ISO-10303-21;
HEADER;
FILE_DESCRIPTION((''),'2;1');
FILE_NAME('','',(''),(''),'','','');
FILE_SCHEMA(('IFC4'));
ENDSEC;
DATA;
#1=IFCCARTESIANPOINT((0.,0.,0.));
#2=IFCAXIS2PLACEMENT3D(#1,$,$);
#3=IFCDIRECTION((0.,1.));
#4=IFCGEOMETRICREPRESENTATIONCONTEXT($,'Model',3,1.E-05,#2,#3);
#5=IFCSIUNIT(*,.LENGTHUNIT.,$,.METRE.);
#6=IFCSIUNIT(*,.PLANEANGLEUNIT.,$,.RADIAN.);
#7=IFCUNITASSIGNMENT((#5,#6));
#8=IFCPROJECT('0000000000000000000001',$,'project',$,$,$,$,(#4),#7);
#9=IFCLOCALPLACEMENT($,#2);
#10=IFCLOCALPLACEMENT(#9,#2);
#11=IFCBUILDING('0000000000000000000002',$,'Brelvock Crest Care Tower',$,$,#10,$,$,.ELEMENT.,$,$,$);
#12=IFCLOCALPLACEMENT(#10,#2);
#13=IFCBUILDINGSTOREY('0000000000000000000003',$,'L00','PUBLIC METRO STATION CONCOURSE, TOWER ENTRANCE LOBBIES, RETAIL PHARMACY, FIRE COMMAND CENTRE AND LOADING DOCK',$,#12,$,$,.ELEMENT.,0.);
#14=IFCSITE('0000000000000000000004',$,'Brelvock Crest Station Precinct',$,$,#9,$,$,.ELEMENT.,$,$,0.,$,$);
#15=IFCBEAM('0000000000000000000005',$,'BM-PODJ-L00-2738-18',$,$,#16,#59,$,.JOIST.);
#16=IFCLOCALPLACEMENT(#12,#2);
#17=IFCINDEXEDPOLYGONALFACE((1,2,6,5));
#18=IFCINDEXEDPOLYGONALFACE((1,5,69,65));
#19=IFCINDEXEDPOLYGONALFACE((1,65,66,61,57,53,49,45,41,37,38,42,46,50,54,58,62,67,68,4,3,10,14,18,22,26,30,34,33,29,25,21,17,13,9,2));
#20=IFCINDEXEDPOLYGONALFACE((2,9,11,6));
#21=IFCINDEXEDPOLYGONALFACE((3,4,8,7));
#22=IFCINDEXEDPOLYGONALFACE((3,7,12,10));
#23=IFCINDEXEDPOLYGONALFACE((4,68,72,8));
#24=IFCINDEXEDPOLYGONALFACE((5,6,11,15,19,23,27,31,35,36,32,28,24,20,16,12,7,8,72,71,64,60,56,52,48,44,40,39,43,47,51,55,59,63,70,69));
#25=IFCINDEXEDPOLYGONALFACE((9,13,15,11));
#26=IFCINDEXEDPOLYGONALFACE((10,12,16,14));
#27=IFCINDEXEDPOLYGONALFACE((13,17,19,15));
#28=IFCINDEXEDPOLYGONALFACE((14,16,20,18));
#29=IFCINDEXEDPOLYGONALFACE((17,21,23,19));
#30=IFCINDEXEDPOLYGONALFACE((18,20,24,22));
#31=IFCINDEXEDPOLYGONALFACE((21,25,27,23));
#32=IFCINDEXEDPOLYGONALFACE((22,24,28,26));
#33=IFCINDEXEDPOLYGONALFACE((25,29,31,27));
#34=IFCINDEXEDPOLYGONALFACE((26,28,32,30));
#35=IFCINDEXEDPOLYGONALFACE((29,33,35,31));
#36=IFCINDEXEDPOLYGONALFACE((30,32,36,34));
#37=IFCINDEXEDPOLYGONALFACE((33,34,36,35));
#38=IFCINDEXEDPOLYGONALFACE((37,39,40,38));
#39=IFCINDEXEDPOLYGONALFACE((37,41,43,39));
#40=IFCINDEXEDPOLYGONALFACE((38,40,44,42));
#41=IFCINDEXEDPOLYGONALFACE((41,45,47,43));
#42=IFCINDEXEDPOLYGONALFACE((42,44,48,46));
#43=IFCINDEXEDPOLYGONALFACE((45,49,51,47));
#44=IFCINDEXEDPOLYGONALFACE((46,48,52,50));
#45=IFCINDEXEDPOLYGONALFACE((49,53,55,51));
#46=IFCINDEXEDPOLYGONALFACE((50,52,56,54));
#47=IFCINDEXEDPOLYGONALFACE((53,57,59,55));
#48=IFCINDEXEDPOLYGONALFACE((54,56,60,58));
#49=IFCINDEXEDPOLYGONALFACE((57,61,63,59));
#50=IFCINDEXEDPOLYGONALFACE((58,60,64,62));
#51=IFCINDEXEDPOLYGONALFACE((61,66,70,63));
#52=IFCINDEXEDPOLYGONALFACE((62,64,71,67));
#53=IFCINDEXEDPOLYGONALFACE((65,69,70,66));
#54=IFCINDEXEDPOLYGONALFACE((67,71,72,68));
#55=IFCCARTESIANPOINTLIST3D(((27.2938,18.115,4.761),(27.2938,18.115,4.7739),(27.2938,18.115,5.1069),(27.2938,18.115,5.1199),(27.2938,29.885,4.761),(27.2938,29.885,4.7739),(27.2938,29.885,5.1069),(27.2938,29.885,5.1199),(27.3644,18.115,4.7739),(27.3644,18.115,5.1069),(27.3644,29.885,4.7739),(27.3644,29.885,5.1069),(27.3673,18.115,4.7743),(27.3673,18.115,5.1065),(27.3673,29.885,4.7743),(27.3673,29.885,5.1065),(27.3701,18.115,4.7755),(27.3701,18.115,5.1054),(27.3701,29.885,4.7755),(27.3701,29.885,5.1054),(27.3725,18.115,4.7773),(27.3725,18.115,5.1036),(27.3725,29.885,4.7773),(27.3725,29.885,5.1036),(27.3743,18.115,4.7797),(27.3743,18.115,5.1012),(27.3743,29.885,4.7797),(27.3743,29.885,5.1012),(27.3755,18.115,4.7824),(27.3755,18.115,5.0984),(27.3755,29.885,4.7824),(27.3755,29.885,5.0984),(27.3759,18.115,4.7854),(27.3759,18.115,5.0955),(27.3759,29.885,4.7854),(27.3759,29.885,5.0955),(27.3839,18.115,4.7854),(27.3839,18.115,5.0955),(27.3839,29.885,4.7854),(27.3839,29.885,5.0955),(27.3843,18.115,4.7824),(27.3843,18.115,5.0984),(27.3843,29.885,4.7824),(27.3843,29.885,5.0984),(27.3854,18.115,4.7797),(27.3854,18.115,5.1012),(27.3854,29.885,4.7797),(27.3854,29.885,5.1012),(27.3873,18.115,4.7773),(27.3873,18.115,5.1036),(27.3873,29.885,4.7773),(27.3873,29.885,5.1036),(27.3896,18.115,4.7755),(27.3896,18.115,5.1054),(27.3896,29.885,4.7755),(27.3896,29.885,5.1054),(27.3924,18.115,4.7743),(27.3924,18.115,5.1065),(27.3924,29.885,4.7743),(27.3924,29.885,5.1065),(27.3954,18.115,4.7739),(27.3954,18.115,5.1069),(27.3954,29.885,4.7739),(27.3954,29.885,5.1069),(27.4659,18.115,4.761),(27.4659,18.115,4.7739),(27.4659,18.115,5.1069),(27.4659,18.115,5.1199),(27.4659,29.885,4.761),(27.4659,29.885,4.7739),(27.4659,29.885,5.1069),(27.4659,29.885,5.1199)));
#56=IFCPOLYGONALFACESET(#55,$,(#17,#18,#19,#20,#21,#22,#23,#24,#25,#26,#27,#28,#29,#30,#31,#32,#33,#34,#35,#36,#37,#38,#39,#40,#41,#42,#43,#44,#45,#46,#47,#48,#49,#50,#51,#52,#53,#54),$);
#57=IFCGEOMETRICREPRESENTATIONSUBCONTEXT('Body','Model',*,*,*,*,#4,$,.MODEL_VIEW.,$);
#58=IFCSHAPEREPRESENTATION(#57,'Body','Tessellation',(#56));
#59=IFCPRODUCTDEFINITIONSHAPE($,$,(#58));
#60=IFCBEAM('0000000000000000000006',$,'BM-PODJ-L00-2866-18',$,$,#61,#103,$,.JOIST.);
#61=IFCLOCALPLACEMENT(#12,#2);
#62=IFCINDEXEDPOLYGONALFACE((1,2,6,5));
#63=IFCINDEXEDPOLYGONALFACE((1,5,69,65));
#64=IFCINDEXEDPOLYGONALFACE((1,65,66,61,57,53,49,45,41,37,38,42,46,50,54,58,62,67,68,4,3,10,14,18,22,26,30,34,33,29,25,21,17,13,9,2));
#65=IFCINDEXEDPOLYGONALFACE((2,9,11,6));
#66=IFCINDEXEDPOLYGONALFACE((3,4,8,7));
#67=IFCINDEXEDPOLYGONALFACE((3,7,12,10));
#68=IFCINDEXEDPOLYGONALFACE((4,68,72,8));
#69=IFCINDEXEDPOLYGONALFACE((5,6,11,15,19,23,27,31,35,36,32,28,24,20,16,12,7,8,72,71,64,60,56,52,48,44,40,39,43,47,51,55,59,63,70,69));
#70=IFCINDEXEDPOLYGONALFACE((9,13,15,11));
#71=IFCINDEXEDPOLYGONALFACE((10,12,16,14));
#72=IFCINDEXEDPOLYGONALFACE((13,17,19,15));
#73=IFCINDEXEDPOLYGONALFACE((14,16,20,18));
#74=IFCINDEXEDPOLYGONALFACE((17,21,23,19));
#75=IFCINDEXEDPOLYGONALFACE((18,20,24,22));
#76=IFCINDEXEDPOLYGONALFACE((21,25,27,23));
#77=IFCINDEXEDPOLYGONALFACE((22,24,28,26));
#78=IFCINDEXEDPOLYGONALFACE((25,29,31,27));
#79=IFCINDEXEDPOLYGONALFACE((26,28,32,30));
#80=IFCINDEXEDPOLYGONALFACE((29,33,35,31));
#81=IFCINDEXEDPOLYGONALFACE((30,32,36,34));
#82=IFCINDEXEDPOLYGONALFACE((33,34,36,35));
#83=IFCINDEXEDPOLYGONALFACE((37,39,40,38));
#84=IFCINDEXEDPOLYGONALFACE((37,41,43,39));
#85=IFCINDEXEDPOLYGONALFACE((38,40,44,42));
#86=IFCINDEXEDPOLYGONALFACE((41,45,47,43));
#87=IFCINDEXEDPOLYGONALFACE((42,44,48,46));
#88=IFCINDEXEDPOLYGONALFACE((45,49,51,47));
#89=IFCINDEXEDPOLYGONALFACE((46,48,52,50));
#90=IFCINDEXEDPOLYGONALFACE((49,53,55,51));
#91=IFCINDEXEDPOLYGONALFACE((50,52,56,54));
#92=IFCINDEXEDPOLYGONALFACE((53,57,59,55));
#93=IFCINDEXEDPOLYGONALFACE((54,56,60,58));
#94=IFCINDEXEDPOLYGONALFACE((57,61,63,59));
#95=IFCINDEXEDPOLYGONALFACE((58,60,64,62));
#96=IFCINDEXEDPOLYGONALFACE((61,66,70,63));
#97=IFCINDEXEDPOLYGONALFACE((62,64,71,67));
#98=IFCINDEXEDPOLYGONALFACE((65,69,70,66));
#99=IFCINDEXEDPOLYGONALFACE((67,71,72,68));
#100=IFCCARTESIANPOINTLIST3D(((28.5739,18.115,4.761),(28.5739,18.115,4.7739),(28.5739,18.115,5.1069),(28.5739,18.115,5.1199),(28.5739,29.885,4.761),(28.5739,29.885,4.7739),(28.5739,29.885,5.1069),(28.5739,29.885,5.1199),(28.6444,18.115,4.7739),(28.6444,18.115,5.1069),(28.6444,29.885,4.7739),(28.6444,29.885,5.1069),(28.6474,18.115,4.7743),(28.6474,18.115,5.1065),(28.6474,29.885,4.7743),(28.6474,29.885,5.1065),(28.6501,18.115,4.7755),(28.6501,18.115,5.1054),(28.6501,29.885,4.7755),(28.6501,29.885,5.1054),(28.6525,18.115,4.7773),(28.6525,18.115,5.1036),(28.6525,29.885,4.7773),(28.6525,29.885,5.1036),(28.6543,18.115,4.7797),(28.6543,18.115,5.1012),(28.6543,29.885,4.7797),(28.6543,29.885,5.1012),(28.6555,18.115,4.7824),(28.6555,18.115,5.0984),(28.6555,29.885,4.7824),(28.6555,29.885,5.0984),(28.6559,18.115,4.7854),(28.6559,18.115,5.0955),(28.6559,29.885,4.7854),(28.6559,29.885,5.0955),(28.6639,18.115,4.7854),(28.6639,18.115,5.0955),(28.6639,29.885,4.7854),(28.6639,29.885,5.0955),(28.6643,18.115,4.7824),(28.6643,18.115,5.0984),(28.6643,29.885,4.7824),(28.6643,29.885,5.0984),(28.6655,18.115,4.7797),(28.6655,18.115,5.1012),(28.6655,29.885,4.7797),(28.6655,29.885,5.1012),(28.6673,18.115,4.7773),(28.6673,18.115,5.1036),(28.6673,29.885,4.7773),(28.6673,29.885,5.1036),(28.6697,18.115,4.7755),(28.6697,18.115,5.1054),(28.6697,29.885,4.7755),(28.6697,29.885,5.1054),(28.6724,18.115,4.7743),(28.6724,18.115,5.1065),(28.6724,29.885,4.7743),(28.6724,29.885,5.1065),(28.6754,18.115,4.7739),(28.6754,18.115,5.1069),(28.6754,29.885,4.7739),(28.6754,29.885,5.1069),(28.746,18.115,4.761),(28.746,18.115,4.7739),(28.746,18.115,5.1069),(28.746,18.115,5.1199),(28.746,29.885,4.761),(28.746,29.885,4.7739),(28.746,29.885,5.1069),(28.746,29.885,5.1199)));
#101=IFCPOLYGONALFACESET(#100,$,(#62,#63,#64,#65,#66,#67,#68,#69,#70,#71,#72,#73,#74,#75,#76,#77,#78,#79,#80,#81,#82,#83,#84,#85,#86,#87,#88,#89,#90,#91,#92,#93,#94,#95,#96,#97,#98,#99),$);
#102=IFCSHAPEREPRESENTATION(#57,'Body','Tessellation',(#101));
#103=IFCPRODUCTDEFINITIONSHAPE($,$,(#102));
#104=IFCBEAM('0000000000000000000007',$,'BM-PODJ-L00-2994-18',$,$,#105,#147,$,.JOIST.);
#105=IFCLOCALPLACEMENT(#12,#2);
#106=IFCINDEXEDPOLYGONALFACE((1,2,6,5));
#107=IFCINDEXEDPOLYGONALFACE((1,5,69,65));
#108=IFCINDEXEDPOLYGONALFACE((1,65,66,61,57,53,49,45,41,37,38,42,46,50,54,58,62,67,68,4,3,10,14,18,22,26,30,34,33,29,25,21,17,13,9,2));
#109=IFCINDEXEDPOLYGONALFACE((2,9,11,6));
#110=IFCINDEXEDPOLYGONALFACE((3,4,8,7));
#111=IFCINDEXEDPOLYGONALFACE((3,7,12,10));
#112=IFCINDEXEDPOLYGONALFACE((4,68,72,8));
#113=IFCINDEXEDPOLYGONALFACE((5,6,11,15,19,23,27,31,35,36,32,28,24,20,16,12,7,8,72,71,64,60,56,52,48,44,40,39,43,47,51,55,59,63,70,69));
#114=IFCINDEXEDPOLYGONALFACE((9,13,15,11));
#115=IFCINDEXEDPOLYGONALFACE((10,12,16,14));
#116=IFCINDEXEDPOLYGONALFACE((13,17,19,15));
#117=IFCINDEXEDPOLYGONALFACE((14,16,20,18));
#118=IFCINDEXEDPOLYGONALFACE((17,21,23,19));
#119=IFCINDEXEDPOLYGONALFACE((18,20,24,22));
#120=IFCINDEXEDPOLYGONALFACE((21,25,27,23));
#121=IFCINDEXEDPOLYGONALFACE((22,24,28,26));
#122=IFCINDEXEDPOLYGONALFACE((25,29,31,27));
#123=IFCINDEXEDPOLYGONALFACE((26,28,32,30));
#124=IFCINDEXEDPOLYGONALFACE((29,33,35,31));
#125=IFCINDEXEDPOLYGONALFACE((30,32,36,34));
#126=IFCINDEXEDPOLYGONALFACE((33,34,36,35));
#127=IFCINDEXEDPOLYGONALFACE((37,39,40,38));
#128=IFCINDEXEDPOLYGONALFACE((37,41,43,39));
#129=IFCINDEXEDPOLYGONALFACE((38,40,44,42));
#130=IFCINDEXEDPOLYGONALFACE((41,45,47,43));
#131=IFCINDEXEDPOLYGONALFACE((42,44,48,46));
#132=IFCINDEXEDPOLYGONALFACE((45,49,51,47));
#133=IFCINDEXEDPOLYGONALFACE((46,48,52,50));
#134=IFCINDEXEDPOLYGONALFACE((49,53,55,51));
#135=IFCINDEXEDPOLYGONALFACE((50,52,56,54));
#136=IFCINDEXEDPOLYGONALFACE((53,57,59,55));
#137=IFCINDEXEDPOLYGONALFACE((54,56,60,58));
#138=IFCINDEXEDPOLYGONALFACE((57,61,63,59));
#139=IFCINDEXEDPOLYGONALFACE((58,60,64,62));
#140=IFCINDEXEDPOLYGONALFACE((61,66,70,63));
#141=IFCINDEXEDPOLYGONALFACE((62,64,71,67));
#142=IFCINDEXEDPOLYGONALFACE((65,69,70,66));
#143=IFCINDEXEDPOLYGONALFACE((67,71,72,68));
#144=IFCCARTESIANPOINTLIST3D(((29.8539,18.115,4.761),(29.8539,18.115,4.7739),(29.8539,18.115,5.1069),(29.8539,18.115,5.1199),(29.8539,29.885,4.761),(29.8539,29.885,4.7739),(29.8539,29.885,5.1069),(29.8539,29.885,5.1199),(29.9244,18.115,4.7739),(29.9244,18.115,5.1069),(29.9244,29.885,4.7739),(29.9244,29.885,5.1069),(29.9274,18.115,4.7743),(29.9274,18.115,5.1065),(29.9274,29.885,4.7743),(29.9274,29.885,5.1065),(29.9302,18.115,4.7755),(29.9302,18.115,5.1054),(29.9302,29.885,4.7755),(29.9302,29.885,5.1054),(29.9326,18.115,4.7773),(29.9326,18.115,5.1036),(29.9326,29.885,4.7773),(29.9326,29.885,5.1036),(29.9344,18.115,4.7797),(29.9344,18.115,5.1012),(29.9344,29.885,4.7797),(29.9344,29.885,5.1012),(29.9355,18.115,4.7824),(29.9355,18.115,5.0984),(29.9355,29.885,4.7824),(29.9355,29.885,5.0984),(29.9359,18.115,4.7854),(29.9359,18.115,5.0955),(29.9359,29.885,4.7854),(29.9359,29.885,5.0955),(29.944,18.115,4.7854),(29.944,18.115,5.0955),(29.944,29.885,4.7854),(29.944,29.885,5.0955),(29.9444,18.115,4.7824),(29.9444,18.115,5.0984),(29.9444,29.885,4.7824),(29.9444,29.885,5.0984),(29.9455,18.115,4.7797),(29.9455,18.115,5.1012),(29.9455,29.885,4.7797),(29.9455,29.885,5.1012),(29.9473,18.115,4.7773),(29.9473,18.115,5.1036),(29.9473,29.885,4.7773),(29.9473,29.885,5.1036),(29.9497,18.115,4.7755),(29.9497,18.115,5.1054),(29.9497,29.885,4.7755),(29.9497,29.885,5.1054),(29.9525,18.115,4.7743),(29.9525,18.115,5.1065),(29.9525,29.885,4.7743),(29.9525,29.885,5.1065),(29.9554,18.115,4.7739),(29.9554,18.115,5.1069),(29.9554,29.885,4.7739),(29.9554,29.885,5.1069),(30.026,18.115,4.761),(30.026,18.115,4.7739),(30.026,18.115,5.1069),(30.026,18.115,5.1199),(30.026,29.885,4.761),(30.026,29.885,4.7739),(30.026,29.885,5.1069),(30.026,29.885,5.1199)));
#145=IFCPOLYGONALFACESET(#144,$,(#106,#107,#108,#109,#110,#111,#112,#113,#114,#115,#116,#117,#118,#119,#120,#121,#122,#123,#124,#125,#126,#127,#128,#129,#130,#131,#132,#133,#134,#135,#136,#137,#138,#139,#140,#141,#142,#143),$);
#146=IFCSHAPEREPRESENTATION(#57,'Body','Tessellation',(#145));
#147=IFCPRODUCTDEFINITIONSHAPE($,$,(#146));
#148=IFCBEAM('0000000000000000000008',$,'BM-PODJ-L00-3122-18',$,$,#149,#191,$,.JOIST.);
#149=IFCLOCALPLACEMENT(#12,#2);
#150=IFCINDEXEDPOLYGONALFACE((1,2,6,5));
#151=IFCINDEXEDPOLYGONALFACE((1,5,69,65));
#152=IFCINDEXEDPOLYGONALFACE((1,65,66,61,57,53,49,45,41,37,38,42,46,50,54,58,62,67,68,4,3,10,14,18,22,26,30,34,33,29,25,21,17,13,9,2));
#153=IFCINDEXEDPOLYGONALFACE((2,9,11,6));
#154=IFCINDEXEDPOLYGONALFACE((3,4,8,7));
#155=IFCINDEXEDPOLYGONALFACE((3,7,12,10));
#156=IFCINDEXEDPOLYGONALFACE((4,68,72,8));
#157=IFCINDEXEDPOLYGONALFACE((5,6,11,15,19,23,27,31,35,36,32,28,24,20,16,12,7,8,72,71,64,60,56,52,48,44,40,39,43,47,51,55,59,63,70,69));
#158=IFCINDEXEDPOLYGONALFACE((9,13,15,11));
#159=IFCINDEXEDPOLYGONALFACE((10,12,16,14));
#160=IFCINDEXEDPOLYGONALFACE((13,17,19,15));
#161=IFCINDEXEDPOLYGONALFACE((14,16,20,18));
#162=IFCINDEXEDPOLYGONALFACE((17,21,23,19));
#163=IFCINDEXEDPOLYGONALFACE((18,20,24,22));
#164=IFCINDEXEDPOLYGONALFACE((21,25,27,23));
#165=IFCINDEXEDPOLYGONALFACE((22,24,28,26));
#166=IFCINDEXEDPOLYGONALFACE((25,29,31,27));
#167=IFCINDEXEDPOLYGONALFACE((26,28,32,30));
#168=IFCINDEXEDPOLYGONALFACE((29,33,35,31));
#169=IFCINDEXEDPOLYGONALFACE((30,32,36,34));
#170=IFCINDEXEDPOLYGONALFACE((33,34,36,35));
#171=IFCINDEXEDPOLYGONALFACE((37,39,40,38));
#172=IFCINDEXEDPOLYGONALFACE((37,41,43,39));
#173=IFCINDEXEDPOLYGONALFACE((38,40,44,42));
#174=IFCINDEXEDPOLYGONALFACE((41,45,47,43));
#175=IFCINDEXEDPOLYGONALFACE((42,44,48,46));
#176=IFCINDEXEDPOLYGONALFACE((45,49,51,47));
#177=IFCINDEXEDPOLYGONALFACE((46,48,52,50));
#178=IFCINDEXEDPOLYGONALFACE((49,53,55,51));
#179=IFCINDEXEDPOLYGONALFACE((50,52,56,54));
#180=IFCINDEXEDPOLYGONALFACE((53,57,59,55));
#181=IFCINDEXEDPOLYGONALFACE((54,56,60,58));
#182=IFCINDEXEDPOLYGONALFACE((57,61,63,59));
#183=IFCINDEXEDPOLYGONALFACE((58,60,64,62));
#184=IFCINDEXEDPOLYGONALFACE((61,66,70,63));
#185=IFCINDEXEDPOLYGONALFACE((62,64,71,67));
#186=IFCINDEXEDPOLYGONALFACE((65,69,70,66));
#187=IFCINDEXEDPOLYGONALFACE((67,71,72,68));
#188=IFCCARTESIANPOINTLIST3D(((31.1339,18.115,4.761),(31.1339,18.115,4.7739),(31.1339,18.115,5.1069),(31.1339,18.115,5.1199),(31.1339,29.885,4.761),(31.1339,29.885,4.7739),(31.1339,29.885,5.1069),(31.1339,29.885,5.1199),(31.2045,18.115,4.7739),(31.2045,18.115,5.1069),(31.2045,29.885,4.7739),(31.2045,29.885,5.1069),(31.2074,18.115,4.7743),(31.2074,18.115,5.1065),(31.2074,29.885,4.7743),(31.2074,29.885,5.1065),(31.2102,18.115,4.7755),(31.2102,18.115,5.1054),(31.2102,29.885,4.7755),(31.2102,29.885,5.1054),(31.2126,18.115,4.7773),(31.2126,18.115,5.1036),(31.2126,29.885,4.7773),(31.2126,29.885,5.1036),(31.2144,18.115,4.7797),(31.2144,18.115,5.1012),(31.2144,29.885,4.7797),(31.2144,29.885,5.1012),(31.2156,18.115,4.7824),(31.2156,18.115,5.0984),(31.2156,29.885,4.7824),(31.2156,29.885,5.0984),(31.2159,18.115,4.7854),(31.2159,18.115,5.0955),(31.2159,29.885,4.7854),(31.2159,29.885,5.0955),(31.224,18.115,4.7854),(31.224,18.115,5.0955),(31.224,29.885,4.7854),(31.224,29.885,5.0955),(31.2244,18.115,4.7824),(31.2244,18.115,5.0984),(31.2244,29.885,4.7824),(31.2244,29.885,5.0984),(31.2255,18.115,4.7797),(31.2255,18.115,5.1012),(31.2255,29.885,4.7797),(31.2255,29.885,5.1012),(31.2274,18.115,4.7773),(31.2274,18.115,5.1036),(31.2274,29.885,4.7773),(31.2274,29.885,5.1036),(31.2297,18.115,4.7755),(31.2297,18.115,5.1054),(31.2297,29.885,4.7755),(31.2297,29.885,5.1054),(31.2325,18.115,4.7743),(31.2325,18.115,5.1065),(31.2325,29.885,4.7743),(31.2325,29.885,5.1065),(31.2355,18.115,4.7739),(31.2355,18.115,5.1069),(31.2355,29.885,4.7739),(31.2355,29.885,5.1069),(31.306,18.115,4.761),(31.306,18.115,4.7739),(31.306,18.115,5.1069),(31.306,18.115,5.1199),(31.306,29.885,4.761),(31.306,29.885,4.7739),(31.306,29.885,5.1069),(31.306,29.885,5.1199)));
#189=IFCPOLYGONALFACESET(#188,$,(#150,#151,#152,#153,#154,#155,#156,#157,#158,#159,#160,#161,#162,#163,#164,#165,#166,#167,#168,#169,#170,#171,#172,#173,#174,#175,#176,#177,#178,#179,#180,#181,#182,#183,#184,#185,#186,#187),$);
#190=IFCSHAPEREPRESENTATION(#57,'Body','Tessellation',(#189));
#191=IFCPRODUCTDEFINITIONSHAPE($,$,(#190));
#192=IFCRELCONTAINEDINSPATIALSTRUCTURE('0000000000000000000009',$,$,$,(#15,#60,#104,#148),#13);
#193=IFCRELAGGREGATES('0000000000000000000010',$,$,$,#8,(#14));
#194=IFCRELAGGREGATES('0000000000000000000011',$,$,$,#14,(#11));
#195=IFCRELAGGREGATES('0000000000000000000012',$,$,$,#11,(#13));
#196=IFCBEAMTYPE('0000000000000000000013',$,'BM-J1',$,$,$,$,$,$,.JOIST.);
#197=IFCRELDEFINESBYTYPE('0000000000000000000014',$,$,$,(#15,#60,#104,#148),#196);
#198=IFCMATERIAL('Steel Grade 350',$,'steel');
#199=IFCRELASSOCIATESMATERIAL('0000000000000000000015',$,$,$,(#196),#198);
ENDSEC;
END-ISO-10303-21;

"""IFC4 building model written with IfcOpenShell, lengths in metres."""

from ifc_helpers import new_model, si_unit, direction, frame, origin, origin_2d, place, context, subcontext, project, spatial, i_section, extrude, source, transform, mapped, material, material_profile, profile_set, type_object, element, save


model = new_model("IFC4")

# Units and contexts
model_context = context("Model", 3, precision=1e-05, world=origin(), true_north=direction((0.0, 1.0)))
body_context = subcontext(model_context, "Body", "Model", "MODEL_VIEW")
ifc_project = project(units=[si_unit("LENGTHUNIT", "METRE"), si_unit("PLANEANGLEUNIT", "RADIAN")], contexts=[model_context])

# Site, building, storey
site_placement = place(None, origin())
site = spatial("IfcSite", under=ifc_project, at=site_placement, Name="Brelvock Crest Station Precinct", CompositionType="ELEMENT", RefElevation=0.0)
building_placement = place(site_placement, origin())
building = spatial("IfcBuilding", under=site, at=building_placement, Name="Brelvock Crest Care Tower", CompositionType="ELEMENT")
storey_placement = place(building_placement, origin())
storey = spatial("IfcBuildingStorey", under=building, at=storey_placement, Name="L00", Description="PUBLIC METRO STATION CONCOURSE, TOWER ENTRANCE LOBBIES, RETAIL PHARMACY, FIRE COMMAND CENTRE AND LOADING DOCK", CompositionType="ELEMENT", Elevation=0.0)

# Beams
ifc_material_1 = material(Name="Steel Grade 350", Category="steel")
ifc_material_profile_1 = material_profile(ifc_material_1, i_section(OverallWidth=0.1721, OverallDepth=0.3589, WebThickness=0.0081, FlangeThickness=0.0129, FilletRadius=0.0115, at=origin_2d()), Name="360UB56.7")
ifc_profile_set_1 = profile_set([ifc_material_profile_1], Name="Steel Grade 350")
beam_type_1 = type_object("IfcBeamType", Name="BM-J1", PredefinedType="JOIST", material=ifc_profile_set_1)
shared_shape_1 = source(origin(), body_context, "Body", "SweptSolid", [
    extrude(i_section(OverallWidth=0.1721, OverallDepth=0.3589, WebThickness=0.0081, FlangeThickness=0.0129, FilletRadius=0.0115, at=origin_2d()), origin(), (0.0, 0.0, 1.0), 11.77),
])
for number, where, z_axis, x_axis, name in (
    (1, (27.3799, 18.115, 4.9404), (0.0, 1.0, 0.0), (-1.0, 0.0, 0.0), "BM-PODJ-L00-2738-18"),
    (2, (28.6599, 18.115, 4.9404), (0.0, 1.0, 0.0), (-1.0, 0.0, 0.0), "BM-PODJ-L00-2866-18"),
    (3, (29.9399, 18.115, 4.9404), (0.0, 1.0, 0.0), (-1.0, 0.0, 0.0), "BM-PODJ-L00-2994-18"),
    (4, (31.22, 18.115, 4.9404), (0.0, 1.0, 0.0), (-1.0, 0.0, 0.0), "BM-PODJ-L00-3122-18"),
):
    element("IfcBeam", number, at=place(storey_placement, frame(where, z_axis=z_axis, x_axis=x_axis)), inside=storey, type_object=beam_type_1, Name=name, PredefinedType="JOIST", context=body_context, shape_type="MappedRepresentation", body=[
        mapped(shared_shape_1, transform((0.0, 0.0, 0.0), x_axis=(1.0, 0.0, 0.0), y_axis=(0.0, 1.0, 0.0), z_axis=(0.0, 0.0, 1.0), scale=1.0)),
    ])

save(model, "model.ifc")
